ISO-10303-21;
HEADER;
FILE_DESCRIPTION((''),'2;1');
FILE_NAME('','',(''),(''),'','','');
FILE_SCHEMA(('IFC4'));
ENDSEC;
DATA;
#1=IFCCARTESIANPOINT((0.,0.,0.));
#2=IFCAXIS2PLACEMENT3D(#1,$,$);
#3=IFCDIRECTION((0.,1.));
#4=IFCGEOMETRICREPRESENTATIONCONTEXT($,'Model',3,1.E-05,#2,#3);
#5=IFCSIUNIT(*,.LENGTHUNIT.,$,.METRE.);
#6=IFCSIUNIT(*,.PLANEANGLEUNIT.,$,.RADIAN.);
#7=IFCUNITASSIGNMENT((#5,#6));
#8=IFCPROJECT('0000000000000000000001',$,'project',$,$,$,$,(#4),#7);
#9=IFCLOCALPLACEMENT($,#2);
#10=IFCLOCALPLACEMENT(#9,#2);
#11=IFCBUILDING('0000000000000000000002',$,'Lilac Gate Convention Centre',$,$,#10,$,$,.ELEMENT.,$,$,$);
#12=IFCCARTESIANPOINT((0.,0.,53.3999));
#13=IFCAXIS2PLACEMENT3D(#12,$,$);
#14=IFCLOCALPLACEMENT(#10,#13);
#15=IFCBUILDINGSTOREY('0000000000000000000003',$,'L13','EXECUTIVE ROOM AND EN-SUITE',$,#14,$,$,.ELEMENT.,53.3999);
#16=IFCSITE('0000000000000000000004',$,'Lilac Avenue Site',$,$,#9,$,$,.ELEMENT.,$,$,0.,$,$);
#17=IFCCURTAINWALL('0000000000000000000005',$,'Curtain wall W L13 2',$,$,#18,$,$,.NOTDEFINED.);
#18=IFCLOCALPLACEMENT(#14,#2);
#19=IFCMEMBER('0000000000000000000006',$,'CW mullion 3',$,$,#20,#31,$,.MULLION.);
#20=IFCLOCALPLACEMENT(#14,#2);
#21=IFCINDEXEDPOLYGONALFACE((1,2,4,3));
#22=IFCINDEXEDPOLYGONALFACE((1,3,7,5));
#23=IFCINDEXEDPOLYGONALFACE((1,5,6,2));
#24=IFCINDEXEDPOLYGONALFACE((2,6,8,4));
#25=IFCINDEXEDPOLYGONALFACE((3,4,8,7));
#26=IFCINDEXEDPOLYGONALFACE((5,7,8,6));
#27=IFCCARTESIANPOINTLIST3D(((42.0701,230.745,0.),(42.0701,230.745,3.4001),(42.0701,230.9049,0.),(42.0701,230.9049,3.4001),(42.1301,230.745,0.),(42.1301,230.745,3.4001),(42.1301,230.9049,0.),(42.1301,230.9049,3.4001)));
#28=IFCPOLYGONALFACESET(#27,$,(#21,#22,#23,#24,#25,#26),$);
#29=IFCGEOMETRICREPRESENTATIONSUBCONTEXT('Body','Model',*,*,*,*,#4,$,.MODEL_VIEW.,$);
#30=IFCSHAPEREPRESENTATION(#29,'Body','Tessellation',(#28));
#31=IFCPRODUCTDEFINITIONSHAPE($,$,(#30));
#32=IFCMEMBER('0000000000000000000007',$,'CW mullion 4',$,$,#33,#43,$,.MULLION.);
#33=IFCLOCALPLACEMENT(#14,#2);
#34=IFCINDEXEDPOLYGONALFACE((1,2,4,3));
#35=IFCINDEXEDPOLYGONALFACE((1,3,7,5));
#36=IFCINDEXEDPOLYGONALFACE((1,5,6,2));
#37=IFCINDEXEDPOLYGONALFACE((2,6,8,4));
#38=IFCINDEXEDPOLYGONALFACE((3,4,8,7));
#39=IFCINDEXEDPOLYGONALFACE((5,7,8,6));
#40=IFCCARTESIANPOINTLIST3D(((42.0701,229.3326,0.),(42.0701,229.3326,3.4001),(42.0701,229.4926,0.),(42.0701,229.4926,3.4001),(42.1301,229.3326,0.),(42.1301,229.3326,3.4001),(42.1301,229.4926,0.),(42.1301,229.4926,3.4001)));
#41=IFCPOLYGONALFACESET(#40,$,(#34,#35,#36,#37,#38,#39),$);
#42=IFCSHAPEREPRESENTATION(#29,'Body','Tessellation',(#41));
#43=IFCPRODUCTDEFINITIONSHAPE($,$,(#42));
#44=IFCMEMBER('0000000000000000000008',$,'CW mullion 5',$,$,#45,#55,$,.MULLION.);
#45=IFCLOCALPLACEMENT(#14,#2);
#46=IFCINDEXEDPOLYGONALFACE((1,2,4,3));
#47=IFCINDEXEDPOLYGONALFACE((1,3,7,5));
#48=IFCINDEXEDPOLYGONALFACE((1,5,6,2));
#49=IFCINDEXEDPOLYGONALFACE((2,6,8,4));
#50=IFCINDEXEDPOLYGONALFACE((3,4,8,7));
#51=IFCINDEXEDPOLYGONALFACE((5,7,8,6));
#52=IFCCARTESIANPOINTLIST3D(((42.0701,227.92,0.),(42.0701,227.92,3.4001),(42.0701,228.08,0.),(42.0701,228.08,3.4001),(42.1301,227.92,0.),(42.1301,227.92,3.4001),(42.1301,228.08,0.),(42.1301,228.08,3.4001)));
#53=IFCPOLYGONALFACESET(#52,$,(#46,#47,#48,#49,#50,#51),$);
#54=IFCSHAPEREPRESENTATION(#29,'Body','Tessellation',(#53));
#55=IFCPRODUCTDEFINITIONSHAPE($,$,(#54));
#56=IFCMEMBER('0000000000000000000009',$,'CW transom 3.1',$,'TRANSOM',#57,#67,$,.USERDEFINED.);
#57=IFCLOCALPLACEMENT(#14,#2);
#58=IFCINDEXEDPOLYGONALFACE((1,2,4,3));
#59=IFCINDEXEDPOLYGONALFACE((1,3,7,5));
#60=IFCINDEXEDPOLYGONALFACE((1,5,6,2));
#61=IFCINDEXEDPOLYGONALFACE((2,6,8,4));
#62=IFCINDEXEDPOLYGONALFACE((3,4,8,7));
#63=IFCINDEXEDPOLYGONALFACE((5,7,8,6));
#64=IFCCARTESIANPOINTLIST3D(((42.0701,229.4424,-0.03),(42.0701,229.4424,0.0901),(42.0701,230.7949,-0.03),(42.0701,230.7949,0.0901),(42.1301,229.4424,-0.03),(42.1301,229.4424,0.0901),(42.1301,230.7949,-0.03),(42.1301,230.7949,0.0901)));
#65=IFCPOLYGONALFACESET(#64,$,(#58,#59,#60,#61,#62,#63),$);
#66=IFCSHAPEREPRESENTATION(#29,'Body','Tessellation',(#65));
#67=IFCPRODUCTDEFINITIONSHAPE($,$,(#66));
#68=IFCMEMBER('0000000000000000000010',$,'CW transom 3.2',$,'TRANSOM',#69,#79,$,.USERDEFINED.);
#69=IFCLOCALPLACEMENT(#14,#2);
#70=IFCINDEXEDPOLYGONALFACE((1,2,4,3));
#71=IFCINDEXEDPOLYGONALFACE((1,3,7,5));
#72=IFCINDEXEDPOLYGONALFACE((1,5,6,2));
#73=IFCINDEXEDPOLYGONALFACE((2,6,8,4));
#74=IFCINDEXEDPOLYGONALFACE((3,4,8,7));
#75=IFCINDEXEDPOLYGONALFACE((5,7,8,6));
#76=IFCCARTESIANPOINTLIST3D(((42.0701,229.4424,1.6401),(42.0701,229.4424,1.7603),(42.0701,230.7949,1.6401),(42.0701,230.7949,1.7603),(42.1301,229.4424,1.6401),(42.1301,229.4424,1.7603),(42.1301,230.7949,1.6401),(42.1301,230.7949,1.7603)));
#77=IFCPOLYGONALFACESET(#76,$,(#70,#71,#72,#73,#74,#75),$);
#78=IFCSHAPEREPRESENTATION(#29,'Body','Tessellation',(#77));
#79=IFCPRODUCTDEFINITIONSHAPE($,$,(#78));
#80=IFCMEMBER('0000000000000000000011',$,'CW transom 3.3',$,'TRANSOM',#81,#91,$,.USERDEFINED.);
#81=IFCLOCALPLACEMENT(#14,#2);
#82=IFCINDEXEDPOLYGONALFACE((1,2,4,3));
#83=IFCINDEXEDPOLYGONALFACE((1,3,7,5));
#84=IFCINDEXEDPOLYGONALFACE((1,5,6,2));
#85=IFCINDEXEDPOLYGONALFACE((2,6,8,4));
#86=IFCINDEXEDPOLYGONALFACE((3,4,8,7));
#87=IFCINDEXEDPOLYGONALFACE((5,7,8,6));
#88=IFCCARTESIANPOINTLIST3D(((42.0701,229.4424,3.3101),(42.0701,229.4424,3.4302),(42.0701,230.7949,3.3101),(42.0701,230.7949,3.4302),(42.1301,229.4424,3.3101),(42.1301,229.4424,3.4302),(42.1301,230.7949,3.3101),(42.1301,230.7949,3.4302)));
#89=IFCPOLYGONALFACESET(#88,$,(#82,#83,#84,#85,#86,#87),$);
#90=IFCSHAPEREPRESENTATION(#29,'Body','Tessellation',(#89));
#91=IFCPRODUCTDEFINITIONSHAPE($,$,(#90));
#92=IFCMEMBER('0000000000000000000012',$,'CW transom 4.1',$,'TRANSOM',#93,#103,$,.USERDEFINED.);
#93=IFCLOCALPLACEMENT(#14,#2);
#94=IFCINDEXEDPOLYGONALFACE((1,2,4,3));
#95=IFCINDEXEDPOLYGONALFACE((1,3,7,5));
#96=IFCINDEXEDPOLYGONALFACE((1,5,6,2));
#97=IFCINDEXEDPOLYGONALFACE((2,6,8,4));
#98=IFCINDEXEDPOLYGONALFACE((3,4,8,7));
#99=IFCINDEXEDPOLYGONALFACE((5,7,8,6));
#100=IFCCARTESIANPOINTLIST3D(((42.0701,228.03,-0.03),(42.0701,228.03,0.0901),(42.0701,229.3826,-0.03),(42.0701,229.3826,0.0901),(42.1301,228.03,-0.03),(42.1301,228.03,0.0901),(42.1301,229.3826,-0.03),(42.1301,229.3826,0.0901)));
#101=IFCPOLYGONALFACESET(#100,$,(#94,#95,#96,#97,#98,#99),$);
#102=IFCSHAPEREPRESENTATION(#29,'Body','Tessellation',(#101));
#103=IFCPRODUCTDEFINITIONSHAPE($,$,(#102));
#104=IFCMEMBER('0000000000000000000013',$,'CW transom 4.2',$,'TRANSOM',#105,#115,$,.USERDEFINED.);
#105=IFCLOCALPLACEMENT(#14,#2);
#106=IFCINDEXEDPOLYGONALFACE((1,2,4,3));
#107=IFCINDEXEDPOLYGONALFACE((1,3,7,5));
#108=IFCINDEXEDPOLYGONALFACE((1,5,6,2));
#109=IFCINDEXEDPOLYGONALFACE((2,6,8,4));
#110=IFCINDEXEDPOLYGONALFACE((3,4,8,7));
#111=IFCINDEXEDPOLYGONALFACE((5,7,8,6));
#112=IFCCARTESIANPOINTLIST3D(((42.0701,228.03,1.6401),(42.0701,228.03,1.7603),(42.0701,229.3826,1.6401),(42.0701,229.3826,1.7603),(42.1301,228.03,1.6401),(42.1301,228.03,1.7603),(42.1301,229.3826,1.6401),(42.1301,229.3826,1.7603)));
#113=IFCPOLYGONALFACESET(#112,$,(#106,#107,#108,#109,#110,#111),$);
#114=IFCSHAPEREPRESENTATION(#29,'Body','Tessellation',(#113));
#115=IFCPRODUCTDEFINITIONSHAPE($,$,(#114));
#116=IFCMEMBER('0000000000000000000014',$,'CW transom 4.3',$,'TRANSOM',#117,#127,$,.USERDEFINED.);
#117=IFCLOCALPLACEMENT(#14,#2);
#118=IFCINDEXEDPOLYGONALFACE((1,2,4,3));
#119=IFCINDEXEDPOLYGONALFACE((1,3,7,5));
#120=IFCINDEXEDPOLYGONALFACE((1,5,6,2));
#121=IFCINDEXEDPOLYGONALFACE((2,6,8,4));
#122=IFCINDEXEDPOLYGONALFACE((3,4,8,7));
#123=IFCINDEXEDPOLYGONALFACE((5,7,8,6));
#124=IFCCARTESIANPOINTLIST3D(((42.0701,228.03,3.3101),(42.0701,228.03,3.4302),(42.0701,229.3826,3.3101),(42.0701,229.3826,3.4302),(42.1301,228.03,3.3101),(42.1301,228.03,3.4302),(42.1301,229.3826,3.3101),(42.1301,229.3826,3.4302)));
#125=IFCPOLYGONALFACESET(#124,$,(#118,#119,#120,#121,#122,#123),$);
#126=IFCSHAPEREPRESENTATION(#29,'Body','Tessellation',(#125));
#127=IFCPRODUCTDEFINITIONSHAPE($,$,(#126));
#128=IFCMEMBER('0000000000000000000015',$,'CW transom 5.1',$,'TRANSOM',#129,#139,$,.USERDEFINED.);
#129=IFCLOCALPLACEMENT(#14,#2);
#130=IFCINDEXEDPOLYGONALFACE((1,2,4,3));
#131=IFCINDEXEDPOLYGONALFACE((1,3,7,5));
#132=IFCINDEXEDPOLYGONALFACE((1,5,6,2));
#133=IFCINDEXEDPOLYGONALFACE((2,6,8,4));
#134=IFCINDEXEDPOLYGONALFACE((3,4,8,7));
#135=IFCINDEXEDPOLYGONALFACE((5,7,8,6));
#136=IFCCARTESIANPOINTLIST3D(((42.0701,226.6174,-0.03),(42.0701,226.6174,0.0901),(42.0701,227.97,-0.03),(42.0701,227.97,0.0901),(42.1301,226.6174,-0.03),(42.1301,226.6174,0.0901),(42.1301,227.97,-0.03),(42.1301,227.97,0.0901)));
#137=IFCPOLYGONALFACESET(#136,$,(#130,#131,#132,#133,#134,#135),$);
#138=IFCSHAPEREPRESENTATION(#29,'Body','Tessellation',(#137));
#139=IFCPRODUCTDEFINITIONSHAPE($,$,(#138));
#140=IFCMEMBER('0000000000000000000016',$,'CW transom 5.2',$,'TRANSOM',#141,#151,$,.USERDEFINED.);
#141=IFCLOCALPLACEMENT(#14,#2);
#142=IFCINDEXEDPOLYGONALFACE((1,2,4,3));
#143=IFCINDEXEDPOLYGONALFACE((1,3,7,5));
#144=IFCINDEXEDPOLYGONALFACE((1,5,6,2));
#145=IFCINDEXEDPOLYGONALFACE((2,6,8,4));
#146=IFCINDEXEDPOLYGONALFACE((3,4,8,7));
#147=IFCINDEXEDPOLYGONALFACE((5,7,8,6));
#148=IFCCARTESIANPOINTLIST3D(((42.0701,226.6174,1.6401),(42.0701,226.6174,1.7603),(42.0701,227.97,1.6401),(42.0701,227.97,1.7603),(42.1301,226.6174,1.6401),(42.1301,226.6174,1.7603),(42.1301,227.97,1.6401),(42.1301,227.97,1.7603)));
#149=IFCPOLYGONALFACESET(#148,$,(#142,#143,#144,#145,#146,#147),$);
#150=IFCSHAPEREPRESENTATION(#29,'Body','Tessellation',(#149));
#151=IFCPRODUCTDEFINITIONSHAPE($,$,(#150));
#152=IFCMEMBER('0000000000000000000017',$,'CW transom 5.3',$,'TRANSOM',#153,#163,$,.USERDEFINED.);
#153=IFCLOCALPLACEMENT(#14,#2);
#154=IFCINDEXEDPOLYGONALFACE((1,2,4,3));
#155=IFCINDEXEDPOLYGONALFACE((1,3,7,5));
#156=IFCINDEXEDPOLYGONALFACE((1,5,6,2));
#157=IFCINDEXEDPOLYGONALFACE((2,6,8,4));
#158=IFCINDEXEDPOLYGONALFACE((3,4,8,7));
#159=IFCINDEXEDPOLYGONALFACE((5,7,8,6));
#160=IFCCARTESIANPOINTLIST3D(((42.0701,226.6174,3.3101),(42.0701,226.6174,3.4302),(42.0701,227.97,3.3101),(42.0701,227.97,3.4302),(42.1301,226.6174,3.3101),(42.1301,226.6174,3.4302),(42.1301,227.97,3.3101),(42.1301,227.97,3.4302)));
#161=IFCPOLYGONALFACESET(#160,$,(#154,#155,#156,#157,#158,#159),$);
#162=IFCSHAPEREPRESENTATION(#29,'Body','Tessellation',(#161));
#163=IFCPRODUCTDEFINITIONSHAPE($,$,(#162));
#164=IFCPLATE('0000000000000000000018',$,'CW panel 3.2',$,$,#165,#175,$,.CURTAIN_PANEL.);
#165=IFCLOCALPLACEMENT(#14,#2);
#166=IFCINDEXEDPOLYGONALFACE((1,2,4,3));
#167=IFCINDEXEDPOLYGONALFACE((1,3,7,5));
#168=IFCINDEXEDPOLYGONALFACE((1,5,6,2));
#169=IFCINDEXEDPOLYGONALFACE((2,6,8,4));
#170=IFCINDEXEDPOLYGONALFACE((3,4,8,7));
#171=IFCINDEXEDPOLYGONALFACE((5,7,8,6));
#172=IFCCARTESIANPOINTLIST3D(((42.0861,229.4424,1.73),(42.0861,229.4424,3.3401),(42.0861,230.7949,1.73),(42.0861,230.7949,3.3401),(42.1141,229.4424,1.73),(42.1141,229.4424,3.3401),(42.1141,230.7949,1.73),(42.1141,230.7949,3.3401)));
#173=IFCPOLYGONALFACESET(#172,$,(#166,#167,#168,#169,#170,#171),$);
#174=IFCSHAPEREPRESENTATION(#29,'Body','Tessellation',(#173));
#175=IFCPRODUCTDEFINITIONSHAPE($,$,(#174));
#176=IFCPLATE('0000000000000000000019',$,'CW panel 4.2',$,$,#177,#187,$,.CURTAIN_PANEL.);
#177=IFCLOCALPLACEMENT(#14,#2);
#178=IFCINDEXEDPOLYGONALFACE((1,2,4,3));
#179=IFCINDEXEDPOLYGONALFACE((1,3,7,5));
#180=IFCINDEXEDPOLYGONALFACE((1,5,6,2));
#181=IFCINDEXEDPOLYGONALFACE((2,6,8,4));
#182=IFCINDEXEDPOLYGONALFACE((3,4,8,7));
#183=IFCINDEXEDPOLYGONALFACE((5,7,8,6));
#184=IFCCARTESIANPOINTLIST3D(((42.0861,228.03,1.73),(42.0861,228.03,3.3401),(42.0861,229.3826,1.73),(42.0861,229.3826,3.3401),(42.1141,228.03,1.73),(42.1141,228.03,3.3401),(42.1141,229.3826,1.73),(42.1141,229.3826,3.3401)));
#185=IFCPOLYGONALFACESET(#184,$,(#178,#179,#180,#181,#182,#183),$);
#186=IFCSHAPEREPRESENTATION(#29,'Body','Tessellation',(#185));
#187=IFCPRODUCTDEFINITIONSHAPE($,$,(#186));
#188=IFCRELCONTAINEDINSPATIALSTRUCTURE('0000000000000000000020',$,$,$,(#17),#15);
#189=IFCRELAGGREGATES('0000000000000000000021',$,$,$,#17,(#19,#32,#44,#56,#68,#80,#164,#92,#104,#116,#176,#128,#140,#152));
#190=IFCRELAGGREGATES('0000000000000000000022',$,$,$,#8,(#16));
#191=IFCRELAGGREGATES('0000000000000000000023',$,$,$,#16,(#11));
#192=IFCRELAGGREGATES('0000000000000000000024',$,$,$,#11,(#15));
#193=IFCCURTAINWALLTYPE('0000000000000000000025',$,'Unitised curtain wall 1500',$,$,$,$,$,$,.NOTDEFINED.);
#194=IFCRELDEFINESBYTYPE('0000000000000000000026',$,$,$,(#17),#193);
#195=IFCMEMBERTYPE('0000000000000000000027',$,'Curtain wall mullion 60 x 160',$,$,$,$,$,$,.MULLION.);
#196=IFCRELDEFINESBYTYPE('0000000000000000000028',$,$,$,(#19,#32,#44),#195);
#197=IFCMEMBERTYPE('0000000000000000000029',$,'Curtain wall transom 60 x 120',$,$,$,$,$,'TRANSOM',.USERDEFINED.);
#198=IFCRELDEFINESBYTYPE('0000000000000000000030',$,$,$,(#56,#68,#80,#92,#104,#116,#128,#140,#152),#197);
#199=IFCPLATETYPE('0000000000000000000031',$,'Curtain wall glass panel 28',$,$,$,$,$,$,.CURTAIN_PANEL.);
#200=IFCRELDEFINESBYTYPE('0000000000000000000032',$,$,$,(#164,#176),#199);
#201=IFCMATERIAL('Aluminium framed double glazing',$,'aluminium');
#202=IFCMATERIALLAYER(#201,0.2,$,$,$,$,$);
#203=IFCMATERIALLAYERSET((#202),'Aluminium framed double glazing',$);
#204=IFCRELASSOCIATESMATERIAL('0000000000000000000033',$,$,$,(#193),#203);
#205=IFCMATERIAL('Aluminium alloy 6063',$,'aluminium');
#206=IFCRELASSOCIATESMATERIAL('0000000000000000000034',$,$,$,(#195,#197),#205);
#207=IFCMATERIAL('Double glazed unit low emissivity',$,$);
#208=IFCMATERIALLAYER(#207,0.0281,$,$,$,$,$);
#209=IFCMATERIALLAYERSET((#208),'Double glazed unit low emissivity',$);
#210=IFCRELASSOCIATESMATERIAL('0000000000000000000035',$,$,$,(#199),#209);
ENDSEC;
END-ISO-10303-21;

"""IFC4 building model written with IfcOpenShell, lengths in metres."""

from ifc_helpers import new_model, si_unit, direction, frame, origin, origin_2d, place, context, subcontext, project, spatial, rectangle, extrude, material, layer, layer_set, material_profile, profile_set, type_object, element, aggregate, save


model = new_model("IFC4")

# Units and contexts
model_context = context("Model", 3, precision=1e-05, world=origin(), true_north=direction((0.0, 1.0)))
body_context = subcontext(model_context, "Body", "Model", "MODEL_VIEW")
ifc_project = project(units=[si_unit("LENGTHUNIT", "METRE"), si_unit("PLANEANGLEUNIT", "RADIAN")], contexts=[model_context])

# Site, building, storey
site_placement = place(None, origin())
site = spatial("IfcSite", under=ifc_project, at=site_placement, Name="Lilac Avenue Site", CompositionType="ELEMENT", RefElevation=0.0)
building_placement = place(site_placement, origin())
building = spatial("IfcBuilding", under=site, at=building_placement, Name="Lilac Gate Convention Centre", CompositionType="ELEMENT")
storey_placement = place(building_placement, frame((0.0, 0.0, 53.3999)))
storey = spatial("IfcBuildingStorey", under=building, at=storey_placement, Name="L13", Description="EXECUTIVE ROOM AND EN-SUITE", CompositionType="ELEMENT", Elevation=53.3999)

# Curtain wall, members, plates
ifc_material_1 = material(Name="Aluminium framed double glazing", Category="aluminium")
ifc_layer_1 = layer(ifc_material_1, 0.2)
ifc_layer_set_1 = layer_set([ifc_layer_1], Name="Aluminium framed double glazing")
curtain_wall_type = type_object("IfcCurtainWallType", Name="Unitised curtain wall 1500", PredefinedType="NOTDEFINED", material=ifc_layer_set_1)
curtain_wall_placement = place(storey_placement, origin())
curtain_wall = element("IfcCurtainWall", 1, at=curtain_wall_placement, inside=storey, type_object=curtain_wall_type, Name="Curtain wall W L13 2", PredefinedType="NOTDEFINED")
ifc_material_2 = material(Name="Aluminium alloy 6063", Category="aluminium")
ifc_material_profile_1 = material_profile(ifc_material_2, rectangle(XDim=0.0601, YDim=0.1599, at=origin_2d()), Name="Curtain wall mullion 60 x 160")
ifc_profile_set_1 = profile_set([ifc_material_profile_1], Name="Aluminium alloy 6063")
member_type_1 = type_object("IfcMemberType", Name="Curtain wall mullion 60 x 160", PredefinedType="MULLION", material=ifc_profile_set_1)
member_1_placement = place(storey_placement, frame((42.1001, 230.825, 0.0), z_axis=(0.0, 0.0, 1.0), x_axis=(1.0, 0.0, 0.0)))
member_1 = element("IfcMember", 2, at=member_1_placement, type_object=member_type_1, Name="CW mullion 3", PredefinedType="MULLION", context=body_context, shape_type="SweptSolid", body=[
    extrude(rectangle(XDim=0.0601, YDim=0.1599, at=origin_2d()), origin(), (0.0, 0.0, 1.0), 3.4001),
])
member_2_placement = place(storey_placement, frame((42.1001, 229.4126, 0.0), z_axis=(0.0, 0.0, 1.0), x_axis=(1.0, 0.0, 0.0)))
member_2 = element("IfcMember", 3, at=member_2_placement, type_object=member_type_1, Name="CW mullion 4", PredefinedType="MULLION", context=body_context, shape_type="SweptSolid", body=[
    extrude(rectangle(XDim=0.0601, YDim=0.1599, at=origin_2d()), origin(), (0.0, 0.0, 1.0), 3.4001),
])
member_3_placement = place(storey_placement, frame((42.1001, 228.0, 0.0), z_axis=(0.0, 0.0, 1.0), x_axis=(1.0, 0.0, 0.0)))
member_3 = element("IfcMember", 4, at=member_3_placement, type_object=member_type_1, Name="CW mullion 5", PredefinedType="MULLION", context=body_context, shape_type="SweptSolid", body=[
    extrude(rectangle(XDim=0.0601, YDim=0.1599, at=origin_2d()), origin(), (0.0, 0.0, 1.0), 3.4001),
])
ifc_material_profile_2 = material_profile(ifc_material_2, rectangle(XDim=0.0601, YDim=0.1201, at=origin_2d()), Name="Curtain wall transom 60 x 120")
ifc_profile_set_2 = profile_set([ifc_material_profile_2], Name="Aluminium alloy 6063")
member_type_2 = type_object("IfcMemberType", Name="Curtain wall transom 60 x 120", ElementType="TRANSOM", PredefinedType="USERDEFINED", material=ifc_profile_set_2)
member_4_placement = place(storey_placement, frame((42.1001, 230.7949, 0.03), z_axis=(0.0, -1.0, 0.0), x_axis=(1.0, 0.0, 0.0)))
member_4 = element("IfcMember", 5, at=member_4_placement, type_object=member_type_2, Name="CW transom 3.1", ObjectType="TRANSOM", PredefinedType="USERDEFINED", context=body_context, shape_type="SweptSolid", body=[
    extrude(rectangle(XDim=0.0601, YDim=0.1201, at=origin_2d()), origin(), (0.0, 0.0, 1.0), 1.3525),
])
member_5_placement = place(storey_placement, frame((42.1001, 230.7949, 1.7002), z_axis=(0.0, -1.0, 0.0), x_axis=(1.0, 0.0, 0.0)))
member_5 = element("IfcMember", 6, at=member_5_placement, type_object=member_type_2, Name="CW transom 3.2", ObjectType="TRANSOM", PredefinedType="USERDEFINED", context=body_context, shape_type="SweptSolid", body=[
    extrude(rectangle(XDim=0.0601, YDim=0.1201, at=origin_2d()), origin(), (0.0, 0.0, 1.0), 1.3525),
])
member_6_placement = place(storey_placement, frame((42.1001, 230.7949, 3.3701), z_axis=(0.0, -1.0, 0.0), x_axis=(1.0, 0.0, 0.0)))
member_6 = element("IfcMember", 7, at=member_6_placement, type_object=member_type_2, Name="CW transom 3.3", ObjectType="TRANSOM", PredefinedType="USERDEFINED", context=body_context, shape_type="SweptSolid", body=[
    extrude(rectangle(XDim=0.0601, YDim=0.1201, at=origin_2d()), origin(), (0.0, 0.0, 1.0), 1.3525),
])
member_7_placement = place(storey_placement, frame((42.1001, 229.3826, 0.03), z_axis=(0.0, -1.0, 0.0), x_axis=(1.0, 0.0, 0.0)))
member_7 = element("IfcMember", 8, at=member_7_placement, type_object=member_type_2, Name="CW transom 4.1", ObjectType="TRANSOM", PredefinedType="USERDEFINED", context=body_context, shape_type="SweptSolid", body=[
    extrude(rectangle(XDim=0.0601, YDim=0.1201, at=origin_2d()), origin(), (0.0, 0.0, 1.0), 1.3525),
])
member_8_placement = place(storey_placement, frame((42.1001, 229.3826, 1.7002), z_axis=(0.0, -1.0, 0.0), x_axis=(1.0, 0.0, 0.0)))
member_8 = element("IfcMember", 9, at=member_8_placement, type_object=member_type_2, Name="CW transom 4.2", ObjectType="TRANSOM", PredefinedType="USERDEFINED", context=body_context, shape_type="SweptSolid", body=[
    extrude(rectangle(XDim=0.0601, YDim=0.1201, at=origin_2d()), origin(), (0.0, 0.0, 1.0), 1.3525),
])
member_9_placement = place(storey_placement, frame((42.1001, 229.3826, 3.3701), z_axis=(0.0, -1.0, 0.0), x_axis=(1.0, 0.0, 0.0)))
member_9 = element("IfcMember", 10, at=member_9_placement, type_object=member_type_2, Name="CW transom 4.3", ObjectType="TRANSOM", PredefinedType="USERDEFINED", context=body_context, shape_type="SweptSolid", body=[
    extrude(rectangle(XDim=0.0601, YDim=0.1201, at=origin_2d()), origin(), (0.0, 0.0, 1.0), 1.3525),
])
member_10_placement = place(storey_placement, frame((42.1001, 227.97, 0.03), z_axis=(0.0, -1.0, 0.0), x_axis=(1.0, 0.0, 0.0)))
member_10 = element("IfcMember", 11, at=member_10_placement, type_object=member_type_2, Name="CW transom 5.1", ObjectType="TRANSOM", PredefinedType="USERDEFINED", context=body_context, shape_type="SweptSolid", body=[
    extrude(rectangle(XDim=0.0601, YDim=0.1201, at=origin_2d()), origin(), (0.0, 0.0, 1.0), 1.3525),
])
member_11_placement = place(storey_placement, frame((42.1001, 227.97, 1.7002), z_axis=(0.0, -1.0, 0.0), x_axis=(1.0, 0.0, 0.0)))
member_11 = element("IfcMember", 12, at=member_11_placement, type_object=member_type_2, Name="CW transom 5.2", ObjectType="TRANSOM", PredefinedType="USERDEFINED", context=body_context, shape_type="SweptSolid", body=[
    extrude(rectangle(XDim=0.0601, YDim=0.1201, at=origin_2d()), origin(), (0.0, 0.0, 1.0), 1.3525),
])
member_12_placement = place(storey_placement, frame((42.1001, 227.97, 3.3701), z_axis=(0.0, -1.0, 0.0), x_axis=(1.0, 0.0, 0.0)))
member_12 = element("IfcMember", 13, at=member_12_placement, type_object=member_type_2, Name="CW transom 5.3", ObjectType="TRANSOM", PredefinedType="USERDEFINED", context=body_context, shape_type="SweptSolid", body=[
    extrude(rectangle(XDim=0.0601, YDim=0.1201, at=origin_2d()), origin(), (0.0, 0.0, 1.0), 1.3525),
])
ifc_material_3 = material(Name="Double glazed unit low emissivity")
ifc_layer_2 = layer(ifc_material_3, 0.0281)
ifc_layer_set_2 = layer_set([ifc_layer_2], Name="Double glazed unit low emissivity")
plate_type_1 = type_object("IfcPlateType", Name="Curtain wall glass panel 28", PredefinedType="CURTAIN_PANEL", material=ifc_layer_set_2)
plate_1_placement = place(storey_placement, frame((42.1001, 230.1187, 1.73), z_axis=(0.0, 0.0, 1.0), x_axis=(0.0, -1.0, 0.0)))
plate_1 = element("IfcPlate", 14, at=plate_1_placement, type_object=plate_type_1, Name="CW panel 3.2", PredefinedType="CURTAIN_PANEL", context=body_context, shape_type="SweptSolid", body=[
    extrude(rectangle(XDim=1.3525, YDim=0.0281, at=origin_2d()), origin(), (0.0, 0.0, 1.0), 1.6101),
])
plate_2_placement = place(storey_placement, frame((42.1001, 228.7063, 1.73), z_axis=(0.0, 0.0, 1.0), x_axis=(0.0, -1.0, 0.0)))
plate_2 = element("IfcPlate", 15, at=plate_2_placement, type_object=plate_type_1, Name="CW panel 4.2", PredefinedType="CURTAIN_PANEL", context=body_context, shape_type="SweptSolid", body=[
    extrude(rectangle(XDim=1.3525, YDim=0.0281, at=origin_2d()), origin(), (0.0, 0.0, 1.0), 1.6101),
])
aggregate(curtain_wall, [member_1, member_2, member_3, member_4, member_5, member_6, plate_1, member_7, member_8, member_9, plate_2, member_10, member_11, member_12])

save(model, "model.ifc")
